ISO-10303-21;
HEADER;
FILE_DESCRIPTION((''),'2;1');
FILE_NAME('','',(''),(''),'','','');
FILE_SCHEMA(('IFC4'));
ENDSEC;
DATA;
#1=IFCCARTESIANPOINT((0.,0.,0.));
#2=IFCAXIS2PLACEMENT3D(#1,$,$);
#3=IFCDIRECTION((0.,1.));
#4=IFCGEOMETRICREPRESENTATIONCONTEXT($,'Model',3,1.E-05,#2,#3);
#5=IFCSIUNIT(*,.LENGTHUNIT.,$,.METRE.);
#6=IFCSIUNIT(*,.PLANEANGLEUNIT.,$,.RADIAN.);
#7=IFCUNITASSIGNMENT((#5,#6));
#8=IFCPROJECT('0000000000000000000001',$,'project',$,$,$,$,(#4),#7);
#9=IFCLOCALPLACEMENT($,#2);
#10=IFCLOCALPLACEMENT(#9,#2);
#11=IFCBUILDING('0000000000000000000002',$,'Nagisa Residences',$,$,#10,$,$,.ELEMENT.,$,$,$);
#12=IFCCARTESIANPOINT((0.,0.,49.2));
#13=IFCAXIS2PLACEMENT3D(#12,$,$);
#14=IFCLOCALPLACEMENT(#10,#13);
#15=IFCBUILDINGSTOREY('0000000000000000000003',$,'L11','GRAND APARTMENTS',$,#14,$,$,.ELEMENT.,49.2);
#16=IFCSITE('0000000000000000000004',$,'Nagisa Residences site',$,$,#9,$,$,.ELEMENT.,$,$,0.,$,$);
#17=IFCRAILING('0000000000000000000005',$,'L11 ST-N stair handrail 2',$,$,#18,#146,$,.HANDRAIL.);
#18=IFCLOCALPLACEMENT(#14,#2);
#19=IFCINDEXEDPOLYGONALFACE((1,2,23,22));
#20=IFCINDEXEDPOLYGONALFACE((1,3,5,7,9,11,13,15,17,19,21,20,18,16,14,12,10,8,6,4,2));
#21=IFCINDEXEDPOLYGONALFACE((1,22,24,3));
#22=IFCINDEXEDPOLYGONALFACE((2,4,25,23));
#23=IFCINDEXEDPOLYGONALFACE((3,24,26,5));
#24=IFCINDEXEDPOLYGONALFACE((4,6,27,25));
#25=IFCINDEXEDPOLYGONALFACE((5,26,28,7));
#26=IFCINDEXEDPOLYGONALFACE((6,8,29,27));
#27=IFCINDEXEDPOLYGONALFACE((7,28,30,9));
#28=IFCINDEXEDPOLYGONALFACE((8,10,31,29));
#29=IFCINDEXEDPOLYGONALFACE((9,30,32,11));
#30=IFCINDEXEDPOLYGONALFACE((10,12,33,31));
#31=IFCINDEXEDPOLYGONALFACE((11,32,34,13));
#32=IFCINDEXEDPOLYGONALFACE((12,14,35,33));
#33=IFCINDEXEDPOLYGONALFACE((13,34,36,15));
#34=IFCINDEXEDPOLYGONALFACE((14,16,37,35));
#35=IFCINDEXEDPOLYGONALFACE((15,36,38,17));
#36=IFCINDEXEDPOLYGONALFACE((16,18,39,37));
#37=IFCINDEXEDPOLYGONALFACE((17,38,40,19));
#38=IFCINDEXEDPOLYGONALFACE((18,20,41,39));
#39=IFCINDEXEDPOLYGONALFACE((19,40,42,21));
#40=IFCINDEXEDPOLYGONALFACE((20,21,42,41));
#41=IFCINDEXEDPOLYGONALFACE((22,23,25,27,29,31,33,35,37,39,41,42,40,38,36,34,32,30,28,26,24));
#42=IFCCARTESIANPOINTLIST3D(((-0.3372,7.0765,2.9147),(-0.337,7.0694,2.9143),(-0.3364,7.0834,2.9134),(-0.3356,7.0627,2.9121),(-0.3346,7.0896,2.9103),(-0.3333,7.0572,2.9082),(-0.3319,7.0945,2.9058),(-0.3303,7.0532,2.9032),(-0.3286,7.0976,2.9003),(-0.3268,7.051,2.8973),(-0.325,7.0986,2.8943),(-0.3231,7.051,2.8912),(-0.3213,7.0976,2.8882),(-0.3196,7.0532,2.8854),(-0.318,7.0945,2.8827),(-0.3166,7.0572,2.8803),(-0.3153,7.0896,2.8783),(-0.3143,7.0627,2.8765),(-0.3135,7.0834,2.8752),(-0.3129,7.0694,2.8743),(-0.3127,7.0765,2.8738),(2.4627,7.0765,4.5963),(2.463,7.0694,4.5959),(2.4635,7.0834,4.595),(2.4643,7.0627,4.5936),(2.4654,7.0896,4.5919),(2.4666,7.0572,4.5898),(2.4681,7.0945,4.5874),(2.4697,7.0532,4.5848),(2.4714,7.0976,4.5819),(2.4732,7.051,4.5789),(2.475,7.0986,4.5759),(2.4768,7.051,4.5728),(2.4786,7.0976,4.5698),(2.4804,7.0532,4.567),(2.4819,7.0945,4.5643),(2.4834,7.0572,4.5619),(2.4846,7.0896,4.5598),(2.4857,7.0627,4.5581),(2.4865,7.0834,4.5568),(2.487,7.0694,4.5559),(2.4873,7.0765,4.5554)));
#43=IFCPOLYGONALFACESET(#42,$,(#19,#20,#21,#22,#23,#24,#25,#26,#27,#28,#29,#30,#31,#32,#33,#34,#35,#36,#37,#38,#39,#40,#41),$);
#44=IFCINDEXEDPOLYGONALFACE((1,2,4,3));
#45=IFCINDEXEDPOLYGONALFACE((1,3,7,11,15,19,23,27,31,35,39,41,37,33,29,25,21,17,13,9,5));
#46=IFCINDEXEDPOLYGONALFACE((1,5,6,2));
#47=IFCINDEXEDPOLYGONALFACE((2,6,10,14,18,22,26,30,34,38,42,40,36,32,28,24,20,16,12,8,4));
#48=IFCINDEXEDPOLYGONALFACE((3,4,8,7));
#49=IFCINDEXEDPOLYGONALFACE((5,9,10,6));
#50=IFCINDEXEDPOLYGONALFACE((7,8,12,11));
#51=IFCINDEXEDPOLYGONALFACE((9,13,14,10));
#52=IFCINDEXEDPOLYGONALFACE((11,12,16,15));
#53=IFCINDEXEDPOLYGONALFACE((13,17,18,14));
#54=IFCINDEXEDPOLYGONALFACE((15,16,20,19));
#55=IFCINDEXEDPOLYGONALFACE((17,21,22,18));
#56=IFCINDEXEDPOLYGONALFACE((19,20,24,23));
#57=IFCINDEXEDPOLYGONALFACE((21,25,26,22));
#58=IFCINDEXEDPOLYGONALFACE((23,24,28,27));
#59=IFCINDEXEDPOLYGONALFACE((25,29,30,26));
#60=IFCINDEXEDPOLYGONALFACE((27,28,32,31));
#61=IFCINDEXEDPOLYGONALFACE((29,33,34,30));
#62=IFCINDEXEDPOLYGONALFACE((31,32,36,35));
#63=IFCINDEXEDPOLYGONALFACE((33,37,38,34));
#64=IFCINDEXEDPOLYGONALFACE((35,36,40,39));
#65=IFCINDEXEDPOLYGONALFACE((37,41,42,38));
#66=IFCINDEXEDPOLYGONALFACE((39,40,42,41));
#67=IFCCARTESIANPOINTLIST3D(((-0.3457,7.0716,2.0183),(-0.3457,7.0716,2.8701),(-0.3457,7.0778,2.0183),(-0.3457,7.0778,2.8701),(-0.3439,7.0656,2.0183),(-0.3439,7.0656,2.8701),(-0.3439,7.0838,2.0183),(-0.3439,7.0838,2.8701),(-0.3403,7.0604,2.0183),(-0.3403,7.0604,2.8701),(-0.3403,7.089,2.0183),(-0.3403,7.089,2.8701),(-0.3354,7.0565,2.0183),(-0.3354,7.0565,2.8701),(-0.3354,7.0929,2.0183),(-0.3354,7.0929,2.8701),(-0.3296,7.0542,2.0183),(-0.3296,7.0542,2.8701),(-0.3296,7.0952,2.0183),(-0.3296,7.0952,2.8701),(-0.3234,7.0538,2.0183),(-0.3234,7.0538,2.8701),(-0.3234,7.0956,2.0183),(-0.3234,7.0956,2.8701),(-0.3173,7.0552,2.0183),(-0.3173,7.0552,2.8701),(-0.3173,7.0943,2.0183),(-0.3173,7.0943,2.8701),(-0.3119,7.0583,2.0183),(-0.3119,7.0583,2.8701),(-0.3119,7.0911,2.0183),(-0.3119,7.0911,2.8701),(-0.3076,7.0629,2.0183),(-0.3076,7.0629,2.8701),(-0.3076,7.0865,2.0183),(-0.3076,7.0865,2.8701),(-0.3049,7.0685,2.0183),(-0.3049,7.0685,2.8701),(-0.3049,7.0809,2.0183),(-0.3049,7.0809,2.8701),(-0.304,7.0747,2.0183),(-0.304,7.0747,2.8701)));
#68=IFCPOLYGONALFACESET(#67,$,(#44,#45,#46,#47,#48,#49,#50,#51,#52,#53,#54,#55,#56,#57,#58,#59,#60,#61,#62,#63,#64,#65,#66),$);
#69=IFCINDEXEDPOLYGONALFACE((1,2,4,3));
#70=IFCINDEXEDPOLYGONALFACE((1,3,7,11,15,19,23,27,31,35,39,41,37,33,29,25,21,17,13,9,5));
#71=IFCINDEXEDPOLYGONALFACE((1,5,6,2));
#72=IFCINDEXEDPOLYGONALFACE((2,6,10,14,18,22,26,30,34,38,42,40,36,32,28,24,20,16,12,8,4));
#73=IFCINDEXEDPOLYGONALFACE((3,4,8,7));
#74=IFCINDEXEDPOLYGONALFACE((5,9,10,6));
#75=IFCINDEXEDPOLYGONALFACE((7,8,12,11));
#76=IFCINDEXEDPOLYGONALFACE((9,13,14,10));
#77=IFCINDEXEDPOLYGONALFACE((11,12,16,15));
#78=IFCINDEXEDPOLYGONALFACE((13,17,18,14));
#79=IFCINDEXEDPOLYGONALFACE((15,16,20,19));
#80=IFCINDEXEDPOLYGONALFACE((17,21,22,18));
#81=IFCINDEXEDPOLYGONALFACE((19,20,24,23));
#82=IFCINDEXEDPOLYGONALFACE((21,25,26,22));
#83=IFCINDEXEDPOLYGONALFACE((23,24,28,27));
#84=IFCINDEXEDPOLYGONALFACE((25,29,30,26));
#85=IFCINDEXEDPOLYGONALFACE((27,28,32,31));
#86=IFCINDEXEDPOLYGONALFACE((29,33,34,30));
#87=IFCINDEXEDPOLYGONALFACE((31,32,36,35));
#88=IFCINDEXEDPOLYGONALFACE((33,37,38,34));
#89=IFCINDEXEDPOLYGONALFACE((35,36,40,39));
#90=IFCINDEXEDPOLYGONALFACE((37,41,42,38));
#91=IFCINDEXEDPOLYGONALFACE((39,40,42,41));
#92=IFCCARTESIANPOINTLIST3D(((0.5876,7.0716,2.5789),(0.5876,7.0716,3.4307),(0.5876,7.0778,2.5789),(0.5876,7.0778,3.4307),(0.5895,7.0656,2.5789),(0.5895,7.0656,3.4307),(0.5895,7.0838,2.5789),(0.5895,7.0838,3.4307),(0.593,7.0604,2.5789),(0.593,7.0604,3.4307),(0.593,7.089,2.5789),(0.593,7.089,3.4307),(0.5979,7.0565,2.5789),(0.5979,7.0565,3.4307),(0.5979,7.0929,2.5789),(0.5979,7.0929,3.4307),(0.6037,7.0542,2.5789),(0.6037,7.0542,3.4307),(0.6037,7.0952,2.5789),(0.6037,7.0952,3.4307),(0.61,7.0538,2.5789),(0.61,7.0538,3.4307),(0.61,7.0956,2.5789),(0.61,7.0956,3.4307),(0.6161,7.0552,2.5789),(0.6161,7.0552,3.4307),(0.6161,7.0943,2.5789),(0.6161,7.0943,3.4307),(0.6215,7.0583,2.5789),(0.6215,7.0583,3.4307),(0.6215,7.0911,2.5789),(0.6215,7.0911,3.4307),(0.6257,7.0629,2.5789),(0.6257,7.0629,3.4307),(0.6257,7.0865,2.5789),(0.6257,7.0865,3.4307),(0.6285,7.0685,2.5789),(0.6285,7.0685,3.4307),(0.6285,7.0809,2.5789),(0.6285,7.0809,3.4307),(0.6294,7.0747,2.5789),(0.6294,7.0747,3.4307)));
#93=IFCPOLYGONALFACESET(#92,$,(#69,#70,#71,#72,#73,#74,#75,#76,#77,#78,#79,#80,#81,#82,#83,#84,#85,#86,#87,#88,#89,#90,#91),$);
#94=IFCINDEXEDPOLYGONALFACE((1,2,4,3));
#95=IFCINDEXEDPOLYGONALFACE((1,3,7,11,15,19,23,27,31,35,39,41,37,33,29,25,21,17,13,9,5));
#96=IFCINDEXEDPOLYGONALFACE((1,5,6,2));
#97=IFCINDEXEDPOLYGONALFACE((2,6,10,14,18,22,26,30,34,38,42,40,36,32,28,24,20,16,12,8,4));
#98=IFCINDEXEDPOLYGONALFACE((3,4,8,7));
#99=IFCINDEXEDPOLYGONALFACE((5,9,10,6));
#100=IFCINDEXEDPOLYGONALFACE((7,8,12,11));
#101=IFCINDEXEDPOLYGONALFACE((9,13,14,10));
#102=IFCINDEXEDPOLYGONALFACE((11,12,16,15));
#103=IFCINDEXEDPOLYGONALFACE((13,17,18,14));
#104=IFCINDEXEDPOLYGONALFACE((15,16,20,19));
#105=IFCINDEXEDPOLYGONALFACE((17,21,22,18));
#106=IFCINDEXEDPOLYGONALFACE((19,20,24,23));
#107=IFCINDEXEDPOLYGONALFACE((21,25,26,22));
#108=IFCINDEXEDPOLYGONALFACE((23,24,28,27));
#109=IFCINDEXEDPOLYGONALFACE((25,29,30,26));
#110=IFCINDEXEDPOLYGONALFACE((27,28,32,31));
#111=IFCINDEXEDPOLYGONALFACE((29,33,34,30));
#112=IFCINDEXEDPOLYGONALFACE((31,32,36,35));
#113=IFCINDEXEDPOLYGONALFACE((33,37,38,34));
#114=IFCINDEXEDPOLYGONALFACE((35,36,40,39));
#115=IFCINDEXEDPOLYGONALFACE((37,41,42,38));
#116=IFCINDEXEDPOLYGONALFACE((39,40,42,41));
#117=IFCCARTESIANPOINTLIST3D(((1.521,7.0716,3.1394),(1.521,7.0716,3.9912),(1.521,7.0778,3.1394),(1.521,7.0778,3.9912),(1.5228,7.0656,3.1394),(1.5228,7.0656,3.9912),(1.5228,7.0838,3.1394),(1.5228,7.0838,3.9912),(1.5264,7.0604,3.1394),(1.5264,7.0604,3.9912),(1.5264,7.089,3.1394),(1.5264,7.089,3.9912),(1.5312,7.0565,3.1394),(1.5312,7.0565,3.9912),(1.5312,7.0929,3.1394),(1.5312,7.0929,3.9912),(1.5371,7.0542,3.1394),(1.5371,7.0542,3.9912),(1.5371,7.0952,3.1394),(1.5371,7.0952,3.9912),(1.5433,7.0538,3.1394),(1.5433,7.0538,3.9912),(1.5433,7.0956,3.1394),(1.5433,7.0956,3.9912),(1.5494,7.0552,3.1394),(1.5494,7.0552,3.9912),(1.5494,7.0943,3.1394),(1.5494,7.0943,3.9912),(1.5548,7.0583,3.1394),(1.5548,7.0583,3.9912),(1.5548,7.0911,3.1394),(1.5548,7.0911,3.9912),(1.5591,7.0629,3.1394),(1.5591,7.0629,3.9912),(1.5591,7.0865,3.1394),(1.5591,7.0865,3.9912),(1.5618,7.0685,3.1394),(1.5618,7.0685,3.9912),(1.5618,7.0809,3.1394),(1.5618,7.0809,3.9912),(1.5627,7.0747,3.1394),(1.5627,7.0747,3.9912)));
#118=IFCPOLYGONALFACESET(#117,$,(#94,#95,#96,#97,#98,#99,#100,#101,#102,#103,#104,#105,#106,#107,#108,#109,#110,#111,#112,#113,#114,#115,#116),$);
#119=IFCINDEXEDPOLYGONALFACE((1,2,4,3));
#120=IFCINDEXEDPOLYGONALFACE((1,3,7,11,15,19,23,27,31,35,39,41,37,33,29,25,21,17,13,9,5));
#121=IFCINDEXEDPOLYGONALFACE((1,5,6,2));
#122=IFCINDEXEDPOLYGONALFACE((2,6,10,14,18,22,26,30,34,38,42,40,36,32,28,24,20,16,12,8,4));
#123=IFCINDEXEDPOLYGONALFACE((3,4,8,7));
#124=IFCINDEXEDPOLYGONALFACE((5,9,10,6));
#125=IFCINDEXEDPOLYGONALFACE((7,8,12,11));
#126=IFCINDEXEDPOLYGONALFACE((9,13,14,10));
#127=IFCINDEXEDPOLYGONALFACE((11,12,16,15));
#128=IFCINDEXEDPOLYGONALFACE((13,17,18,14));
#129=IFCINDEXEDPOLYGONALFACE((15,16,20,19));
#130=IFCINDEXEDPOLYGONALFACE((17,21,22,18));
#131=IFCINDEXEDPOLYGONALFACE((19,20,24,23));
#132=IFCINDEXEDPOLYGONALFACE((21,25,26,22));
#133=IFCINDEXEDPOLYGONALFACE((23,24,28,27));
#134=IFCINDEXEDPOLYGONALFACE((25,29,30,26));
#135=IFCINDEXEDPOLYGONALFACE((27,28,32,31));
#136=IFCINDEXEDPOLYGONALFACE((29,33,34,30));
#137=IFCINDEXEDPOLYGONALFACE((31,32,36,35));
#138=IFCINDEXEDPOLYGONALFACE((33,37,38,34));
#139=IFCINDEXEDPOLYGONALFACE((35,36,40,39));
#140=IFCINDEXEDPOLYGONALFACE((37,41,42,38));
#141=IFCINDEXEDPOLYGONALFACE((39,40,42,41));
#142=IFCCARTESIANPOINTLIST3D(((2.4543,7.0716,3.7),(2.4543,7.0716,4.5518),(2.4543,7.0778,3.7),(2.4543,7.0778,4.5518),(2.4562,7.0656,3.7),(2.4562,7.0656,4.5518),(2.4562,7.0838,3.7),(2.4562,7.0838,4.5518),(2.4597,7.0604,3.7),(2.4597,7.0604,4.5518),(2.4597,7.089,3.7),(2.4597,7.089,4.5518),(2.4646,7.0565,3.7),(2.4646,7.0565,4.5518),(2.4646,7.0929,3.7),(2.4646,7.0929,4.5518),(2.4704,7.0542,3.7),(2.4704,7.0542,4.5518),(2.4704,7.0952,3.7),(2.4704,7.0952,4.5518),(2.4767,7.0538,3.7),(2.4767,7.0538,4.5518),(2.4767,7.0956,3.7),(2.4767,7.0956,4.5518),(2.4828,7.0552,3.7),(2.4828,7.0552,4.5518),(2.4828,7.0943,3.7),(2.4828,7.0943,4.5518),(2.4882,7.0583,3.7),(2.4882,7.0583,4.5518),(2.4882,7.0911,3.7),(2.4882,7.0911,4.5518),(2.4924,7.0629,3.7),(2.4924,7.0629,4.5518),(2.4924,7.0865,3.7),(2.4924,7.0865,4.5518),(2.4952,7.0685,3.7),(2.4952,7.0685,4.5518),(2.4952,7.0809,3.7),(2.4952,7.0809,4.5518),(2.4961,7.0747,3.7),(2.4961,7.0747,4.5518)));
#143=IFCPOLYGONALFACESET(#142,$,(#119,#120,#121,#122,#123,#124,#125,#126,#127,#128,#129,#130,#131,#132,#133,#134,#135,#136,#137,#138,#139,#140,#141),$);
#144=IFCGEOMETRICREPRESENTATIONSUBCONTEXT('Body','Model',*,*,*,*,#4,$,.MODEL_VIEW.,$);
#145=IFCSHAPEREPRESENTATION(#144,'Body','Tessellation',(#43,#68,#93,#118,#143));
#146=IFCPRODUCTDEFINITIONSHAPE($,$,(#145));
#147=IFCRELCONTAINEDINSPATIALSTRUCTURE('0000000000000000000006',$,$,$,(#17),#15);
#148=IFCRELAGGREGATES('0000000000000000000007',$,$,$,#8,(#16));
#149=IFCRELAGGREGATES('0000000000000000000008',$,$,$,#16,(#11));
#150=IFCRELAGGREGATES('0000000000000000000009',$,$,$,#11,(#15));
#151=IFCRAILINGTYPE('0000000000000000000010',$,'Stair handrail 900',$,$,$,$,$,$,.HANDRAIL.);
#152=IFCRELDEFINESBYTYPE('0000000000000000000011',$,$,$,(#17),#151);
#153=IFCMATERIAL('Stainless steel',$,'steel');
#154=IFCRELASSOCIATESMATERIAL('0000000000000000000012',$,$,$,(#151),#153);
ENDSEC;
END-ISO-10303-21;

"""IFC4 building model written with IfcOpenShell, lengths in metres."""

from ifc_helpers import new_model, si_unit, direction, frame, origin, origin_2d, place, context, subcontext, project, spatial, circle, extrude, material, type_object, element, save


model = new_model("IFC4")

# Units and contexts
model_context = context("Model", 3, precision=1e-05, world=origin(), true_north=direction((0.0, 1.0)))
body_context = subcontext(model_context, "Body", "Model", "MODEL_VIEW")
ifc_project = project(units=[si_unit("LENGTHUNIT", "METRE"), si_unit("PLANEANGLEUNIT", "RADIAN")], contexts=[model_context])

# Site, building, storey
site_placement = place(None, origin())
site = spatial("IfcSite", under=ifc_project, at=site_placement, Name="Nagisa Residences site", CompositionType="ELEMENT", RefElevation=0.0)
building_placement = place(site_placement, origin())
building = spatial("IfcBuilding", under=site, at=building_placement, Name="Nagisa Residences", CompositionType="ELEMENT")
storey_placement = place(building_placement, frame((0.0, 0.0, 49.2)))
storey = spatial("IfcBuildingStorey", under=building, at=storey_placement, Name="L11", Description="GRAND APARTMENTS", CompositionType="ELEMENT", Elevation=49.2)

# Railing
ifc_material_1 = material(Name="Stainless steel", Category="steel")
railing_type = type_object("IfcRailingType", Name="Stair handrail 900", PredefinedType="HANDRAIL", material=ifc_material_1)
railing_placement = place(storey_placement, frame((-0.325, 7.0747, 2.0183)))
element("IfcRailing", 1, at=railing_placement, inside=storey, type_object=railing_type, Name="L11 ST-N stair handrail 2", PredefinedType="HANDRAIL", context=body_context, shape_type="SweptSolid", body=[
    extrude(circle(Radius=0.0239, at=origin_2d()), frame((0.0, 0.0, 0.876), z_axis=(0.857275, 0.0, 0.514858), x_axis=(0.0, 1.0, 0.0)), (0.0, 0.0, 1.0), 3.2661),
    extrude(circle(Radius=0.021, at=origin_2d()), origin(), (0.0, 0.0, 1.0), 0.8518),
    extrude(circle(Radius=0.021, at=origin_2d()), frame((0.9333, 0.0, 0.5605)), (0.0, 0.0, 1.0), 0.8518),
    extrude(circle(Radius=0.021, at=origin_2d()), frame((1.8667, 0.0, 1.1211)), (0.0, 0.0, 1.0), 0.8518),
    extrude(circle(Radius=0.021, at=origin_2d()), frame((2.8, 0.0, 1.6816)), (0.0, 0.0, 1.0), 0.8518),
])

save(model, "model.ifc")
